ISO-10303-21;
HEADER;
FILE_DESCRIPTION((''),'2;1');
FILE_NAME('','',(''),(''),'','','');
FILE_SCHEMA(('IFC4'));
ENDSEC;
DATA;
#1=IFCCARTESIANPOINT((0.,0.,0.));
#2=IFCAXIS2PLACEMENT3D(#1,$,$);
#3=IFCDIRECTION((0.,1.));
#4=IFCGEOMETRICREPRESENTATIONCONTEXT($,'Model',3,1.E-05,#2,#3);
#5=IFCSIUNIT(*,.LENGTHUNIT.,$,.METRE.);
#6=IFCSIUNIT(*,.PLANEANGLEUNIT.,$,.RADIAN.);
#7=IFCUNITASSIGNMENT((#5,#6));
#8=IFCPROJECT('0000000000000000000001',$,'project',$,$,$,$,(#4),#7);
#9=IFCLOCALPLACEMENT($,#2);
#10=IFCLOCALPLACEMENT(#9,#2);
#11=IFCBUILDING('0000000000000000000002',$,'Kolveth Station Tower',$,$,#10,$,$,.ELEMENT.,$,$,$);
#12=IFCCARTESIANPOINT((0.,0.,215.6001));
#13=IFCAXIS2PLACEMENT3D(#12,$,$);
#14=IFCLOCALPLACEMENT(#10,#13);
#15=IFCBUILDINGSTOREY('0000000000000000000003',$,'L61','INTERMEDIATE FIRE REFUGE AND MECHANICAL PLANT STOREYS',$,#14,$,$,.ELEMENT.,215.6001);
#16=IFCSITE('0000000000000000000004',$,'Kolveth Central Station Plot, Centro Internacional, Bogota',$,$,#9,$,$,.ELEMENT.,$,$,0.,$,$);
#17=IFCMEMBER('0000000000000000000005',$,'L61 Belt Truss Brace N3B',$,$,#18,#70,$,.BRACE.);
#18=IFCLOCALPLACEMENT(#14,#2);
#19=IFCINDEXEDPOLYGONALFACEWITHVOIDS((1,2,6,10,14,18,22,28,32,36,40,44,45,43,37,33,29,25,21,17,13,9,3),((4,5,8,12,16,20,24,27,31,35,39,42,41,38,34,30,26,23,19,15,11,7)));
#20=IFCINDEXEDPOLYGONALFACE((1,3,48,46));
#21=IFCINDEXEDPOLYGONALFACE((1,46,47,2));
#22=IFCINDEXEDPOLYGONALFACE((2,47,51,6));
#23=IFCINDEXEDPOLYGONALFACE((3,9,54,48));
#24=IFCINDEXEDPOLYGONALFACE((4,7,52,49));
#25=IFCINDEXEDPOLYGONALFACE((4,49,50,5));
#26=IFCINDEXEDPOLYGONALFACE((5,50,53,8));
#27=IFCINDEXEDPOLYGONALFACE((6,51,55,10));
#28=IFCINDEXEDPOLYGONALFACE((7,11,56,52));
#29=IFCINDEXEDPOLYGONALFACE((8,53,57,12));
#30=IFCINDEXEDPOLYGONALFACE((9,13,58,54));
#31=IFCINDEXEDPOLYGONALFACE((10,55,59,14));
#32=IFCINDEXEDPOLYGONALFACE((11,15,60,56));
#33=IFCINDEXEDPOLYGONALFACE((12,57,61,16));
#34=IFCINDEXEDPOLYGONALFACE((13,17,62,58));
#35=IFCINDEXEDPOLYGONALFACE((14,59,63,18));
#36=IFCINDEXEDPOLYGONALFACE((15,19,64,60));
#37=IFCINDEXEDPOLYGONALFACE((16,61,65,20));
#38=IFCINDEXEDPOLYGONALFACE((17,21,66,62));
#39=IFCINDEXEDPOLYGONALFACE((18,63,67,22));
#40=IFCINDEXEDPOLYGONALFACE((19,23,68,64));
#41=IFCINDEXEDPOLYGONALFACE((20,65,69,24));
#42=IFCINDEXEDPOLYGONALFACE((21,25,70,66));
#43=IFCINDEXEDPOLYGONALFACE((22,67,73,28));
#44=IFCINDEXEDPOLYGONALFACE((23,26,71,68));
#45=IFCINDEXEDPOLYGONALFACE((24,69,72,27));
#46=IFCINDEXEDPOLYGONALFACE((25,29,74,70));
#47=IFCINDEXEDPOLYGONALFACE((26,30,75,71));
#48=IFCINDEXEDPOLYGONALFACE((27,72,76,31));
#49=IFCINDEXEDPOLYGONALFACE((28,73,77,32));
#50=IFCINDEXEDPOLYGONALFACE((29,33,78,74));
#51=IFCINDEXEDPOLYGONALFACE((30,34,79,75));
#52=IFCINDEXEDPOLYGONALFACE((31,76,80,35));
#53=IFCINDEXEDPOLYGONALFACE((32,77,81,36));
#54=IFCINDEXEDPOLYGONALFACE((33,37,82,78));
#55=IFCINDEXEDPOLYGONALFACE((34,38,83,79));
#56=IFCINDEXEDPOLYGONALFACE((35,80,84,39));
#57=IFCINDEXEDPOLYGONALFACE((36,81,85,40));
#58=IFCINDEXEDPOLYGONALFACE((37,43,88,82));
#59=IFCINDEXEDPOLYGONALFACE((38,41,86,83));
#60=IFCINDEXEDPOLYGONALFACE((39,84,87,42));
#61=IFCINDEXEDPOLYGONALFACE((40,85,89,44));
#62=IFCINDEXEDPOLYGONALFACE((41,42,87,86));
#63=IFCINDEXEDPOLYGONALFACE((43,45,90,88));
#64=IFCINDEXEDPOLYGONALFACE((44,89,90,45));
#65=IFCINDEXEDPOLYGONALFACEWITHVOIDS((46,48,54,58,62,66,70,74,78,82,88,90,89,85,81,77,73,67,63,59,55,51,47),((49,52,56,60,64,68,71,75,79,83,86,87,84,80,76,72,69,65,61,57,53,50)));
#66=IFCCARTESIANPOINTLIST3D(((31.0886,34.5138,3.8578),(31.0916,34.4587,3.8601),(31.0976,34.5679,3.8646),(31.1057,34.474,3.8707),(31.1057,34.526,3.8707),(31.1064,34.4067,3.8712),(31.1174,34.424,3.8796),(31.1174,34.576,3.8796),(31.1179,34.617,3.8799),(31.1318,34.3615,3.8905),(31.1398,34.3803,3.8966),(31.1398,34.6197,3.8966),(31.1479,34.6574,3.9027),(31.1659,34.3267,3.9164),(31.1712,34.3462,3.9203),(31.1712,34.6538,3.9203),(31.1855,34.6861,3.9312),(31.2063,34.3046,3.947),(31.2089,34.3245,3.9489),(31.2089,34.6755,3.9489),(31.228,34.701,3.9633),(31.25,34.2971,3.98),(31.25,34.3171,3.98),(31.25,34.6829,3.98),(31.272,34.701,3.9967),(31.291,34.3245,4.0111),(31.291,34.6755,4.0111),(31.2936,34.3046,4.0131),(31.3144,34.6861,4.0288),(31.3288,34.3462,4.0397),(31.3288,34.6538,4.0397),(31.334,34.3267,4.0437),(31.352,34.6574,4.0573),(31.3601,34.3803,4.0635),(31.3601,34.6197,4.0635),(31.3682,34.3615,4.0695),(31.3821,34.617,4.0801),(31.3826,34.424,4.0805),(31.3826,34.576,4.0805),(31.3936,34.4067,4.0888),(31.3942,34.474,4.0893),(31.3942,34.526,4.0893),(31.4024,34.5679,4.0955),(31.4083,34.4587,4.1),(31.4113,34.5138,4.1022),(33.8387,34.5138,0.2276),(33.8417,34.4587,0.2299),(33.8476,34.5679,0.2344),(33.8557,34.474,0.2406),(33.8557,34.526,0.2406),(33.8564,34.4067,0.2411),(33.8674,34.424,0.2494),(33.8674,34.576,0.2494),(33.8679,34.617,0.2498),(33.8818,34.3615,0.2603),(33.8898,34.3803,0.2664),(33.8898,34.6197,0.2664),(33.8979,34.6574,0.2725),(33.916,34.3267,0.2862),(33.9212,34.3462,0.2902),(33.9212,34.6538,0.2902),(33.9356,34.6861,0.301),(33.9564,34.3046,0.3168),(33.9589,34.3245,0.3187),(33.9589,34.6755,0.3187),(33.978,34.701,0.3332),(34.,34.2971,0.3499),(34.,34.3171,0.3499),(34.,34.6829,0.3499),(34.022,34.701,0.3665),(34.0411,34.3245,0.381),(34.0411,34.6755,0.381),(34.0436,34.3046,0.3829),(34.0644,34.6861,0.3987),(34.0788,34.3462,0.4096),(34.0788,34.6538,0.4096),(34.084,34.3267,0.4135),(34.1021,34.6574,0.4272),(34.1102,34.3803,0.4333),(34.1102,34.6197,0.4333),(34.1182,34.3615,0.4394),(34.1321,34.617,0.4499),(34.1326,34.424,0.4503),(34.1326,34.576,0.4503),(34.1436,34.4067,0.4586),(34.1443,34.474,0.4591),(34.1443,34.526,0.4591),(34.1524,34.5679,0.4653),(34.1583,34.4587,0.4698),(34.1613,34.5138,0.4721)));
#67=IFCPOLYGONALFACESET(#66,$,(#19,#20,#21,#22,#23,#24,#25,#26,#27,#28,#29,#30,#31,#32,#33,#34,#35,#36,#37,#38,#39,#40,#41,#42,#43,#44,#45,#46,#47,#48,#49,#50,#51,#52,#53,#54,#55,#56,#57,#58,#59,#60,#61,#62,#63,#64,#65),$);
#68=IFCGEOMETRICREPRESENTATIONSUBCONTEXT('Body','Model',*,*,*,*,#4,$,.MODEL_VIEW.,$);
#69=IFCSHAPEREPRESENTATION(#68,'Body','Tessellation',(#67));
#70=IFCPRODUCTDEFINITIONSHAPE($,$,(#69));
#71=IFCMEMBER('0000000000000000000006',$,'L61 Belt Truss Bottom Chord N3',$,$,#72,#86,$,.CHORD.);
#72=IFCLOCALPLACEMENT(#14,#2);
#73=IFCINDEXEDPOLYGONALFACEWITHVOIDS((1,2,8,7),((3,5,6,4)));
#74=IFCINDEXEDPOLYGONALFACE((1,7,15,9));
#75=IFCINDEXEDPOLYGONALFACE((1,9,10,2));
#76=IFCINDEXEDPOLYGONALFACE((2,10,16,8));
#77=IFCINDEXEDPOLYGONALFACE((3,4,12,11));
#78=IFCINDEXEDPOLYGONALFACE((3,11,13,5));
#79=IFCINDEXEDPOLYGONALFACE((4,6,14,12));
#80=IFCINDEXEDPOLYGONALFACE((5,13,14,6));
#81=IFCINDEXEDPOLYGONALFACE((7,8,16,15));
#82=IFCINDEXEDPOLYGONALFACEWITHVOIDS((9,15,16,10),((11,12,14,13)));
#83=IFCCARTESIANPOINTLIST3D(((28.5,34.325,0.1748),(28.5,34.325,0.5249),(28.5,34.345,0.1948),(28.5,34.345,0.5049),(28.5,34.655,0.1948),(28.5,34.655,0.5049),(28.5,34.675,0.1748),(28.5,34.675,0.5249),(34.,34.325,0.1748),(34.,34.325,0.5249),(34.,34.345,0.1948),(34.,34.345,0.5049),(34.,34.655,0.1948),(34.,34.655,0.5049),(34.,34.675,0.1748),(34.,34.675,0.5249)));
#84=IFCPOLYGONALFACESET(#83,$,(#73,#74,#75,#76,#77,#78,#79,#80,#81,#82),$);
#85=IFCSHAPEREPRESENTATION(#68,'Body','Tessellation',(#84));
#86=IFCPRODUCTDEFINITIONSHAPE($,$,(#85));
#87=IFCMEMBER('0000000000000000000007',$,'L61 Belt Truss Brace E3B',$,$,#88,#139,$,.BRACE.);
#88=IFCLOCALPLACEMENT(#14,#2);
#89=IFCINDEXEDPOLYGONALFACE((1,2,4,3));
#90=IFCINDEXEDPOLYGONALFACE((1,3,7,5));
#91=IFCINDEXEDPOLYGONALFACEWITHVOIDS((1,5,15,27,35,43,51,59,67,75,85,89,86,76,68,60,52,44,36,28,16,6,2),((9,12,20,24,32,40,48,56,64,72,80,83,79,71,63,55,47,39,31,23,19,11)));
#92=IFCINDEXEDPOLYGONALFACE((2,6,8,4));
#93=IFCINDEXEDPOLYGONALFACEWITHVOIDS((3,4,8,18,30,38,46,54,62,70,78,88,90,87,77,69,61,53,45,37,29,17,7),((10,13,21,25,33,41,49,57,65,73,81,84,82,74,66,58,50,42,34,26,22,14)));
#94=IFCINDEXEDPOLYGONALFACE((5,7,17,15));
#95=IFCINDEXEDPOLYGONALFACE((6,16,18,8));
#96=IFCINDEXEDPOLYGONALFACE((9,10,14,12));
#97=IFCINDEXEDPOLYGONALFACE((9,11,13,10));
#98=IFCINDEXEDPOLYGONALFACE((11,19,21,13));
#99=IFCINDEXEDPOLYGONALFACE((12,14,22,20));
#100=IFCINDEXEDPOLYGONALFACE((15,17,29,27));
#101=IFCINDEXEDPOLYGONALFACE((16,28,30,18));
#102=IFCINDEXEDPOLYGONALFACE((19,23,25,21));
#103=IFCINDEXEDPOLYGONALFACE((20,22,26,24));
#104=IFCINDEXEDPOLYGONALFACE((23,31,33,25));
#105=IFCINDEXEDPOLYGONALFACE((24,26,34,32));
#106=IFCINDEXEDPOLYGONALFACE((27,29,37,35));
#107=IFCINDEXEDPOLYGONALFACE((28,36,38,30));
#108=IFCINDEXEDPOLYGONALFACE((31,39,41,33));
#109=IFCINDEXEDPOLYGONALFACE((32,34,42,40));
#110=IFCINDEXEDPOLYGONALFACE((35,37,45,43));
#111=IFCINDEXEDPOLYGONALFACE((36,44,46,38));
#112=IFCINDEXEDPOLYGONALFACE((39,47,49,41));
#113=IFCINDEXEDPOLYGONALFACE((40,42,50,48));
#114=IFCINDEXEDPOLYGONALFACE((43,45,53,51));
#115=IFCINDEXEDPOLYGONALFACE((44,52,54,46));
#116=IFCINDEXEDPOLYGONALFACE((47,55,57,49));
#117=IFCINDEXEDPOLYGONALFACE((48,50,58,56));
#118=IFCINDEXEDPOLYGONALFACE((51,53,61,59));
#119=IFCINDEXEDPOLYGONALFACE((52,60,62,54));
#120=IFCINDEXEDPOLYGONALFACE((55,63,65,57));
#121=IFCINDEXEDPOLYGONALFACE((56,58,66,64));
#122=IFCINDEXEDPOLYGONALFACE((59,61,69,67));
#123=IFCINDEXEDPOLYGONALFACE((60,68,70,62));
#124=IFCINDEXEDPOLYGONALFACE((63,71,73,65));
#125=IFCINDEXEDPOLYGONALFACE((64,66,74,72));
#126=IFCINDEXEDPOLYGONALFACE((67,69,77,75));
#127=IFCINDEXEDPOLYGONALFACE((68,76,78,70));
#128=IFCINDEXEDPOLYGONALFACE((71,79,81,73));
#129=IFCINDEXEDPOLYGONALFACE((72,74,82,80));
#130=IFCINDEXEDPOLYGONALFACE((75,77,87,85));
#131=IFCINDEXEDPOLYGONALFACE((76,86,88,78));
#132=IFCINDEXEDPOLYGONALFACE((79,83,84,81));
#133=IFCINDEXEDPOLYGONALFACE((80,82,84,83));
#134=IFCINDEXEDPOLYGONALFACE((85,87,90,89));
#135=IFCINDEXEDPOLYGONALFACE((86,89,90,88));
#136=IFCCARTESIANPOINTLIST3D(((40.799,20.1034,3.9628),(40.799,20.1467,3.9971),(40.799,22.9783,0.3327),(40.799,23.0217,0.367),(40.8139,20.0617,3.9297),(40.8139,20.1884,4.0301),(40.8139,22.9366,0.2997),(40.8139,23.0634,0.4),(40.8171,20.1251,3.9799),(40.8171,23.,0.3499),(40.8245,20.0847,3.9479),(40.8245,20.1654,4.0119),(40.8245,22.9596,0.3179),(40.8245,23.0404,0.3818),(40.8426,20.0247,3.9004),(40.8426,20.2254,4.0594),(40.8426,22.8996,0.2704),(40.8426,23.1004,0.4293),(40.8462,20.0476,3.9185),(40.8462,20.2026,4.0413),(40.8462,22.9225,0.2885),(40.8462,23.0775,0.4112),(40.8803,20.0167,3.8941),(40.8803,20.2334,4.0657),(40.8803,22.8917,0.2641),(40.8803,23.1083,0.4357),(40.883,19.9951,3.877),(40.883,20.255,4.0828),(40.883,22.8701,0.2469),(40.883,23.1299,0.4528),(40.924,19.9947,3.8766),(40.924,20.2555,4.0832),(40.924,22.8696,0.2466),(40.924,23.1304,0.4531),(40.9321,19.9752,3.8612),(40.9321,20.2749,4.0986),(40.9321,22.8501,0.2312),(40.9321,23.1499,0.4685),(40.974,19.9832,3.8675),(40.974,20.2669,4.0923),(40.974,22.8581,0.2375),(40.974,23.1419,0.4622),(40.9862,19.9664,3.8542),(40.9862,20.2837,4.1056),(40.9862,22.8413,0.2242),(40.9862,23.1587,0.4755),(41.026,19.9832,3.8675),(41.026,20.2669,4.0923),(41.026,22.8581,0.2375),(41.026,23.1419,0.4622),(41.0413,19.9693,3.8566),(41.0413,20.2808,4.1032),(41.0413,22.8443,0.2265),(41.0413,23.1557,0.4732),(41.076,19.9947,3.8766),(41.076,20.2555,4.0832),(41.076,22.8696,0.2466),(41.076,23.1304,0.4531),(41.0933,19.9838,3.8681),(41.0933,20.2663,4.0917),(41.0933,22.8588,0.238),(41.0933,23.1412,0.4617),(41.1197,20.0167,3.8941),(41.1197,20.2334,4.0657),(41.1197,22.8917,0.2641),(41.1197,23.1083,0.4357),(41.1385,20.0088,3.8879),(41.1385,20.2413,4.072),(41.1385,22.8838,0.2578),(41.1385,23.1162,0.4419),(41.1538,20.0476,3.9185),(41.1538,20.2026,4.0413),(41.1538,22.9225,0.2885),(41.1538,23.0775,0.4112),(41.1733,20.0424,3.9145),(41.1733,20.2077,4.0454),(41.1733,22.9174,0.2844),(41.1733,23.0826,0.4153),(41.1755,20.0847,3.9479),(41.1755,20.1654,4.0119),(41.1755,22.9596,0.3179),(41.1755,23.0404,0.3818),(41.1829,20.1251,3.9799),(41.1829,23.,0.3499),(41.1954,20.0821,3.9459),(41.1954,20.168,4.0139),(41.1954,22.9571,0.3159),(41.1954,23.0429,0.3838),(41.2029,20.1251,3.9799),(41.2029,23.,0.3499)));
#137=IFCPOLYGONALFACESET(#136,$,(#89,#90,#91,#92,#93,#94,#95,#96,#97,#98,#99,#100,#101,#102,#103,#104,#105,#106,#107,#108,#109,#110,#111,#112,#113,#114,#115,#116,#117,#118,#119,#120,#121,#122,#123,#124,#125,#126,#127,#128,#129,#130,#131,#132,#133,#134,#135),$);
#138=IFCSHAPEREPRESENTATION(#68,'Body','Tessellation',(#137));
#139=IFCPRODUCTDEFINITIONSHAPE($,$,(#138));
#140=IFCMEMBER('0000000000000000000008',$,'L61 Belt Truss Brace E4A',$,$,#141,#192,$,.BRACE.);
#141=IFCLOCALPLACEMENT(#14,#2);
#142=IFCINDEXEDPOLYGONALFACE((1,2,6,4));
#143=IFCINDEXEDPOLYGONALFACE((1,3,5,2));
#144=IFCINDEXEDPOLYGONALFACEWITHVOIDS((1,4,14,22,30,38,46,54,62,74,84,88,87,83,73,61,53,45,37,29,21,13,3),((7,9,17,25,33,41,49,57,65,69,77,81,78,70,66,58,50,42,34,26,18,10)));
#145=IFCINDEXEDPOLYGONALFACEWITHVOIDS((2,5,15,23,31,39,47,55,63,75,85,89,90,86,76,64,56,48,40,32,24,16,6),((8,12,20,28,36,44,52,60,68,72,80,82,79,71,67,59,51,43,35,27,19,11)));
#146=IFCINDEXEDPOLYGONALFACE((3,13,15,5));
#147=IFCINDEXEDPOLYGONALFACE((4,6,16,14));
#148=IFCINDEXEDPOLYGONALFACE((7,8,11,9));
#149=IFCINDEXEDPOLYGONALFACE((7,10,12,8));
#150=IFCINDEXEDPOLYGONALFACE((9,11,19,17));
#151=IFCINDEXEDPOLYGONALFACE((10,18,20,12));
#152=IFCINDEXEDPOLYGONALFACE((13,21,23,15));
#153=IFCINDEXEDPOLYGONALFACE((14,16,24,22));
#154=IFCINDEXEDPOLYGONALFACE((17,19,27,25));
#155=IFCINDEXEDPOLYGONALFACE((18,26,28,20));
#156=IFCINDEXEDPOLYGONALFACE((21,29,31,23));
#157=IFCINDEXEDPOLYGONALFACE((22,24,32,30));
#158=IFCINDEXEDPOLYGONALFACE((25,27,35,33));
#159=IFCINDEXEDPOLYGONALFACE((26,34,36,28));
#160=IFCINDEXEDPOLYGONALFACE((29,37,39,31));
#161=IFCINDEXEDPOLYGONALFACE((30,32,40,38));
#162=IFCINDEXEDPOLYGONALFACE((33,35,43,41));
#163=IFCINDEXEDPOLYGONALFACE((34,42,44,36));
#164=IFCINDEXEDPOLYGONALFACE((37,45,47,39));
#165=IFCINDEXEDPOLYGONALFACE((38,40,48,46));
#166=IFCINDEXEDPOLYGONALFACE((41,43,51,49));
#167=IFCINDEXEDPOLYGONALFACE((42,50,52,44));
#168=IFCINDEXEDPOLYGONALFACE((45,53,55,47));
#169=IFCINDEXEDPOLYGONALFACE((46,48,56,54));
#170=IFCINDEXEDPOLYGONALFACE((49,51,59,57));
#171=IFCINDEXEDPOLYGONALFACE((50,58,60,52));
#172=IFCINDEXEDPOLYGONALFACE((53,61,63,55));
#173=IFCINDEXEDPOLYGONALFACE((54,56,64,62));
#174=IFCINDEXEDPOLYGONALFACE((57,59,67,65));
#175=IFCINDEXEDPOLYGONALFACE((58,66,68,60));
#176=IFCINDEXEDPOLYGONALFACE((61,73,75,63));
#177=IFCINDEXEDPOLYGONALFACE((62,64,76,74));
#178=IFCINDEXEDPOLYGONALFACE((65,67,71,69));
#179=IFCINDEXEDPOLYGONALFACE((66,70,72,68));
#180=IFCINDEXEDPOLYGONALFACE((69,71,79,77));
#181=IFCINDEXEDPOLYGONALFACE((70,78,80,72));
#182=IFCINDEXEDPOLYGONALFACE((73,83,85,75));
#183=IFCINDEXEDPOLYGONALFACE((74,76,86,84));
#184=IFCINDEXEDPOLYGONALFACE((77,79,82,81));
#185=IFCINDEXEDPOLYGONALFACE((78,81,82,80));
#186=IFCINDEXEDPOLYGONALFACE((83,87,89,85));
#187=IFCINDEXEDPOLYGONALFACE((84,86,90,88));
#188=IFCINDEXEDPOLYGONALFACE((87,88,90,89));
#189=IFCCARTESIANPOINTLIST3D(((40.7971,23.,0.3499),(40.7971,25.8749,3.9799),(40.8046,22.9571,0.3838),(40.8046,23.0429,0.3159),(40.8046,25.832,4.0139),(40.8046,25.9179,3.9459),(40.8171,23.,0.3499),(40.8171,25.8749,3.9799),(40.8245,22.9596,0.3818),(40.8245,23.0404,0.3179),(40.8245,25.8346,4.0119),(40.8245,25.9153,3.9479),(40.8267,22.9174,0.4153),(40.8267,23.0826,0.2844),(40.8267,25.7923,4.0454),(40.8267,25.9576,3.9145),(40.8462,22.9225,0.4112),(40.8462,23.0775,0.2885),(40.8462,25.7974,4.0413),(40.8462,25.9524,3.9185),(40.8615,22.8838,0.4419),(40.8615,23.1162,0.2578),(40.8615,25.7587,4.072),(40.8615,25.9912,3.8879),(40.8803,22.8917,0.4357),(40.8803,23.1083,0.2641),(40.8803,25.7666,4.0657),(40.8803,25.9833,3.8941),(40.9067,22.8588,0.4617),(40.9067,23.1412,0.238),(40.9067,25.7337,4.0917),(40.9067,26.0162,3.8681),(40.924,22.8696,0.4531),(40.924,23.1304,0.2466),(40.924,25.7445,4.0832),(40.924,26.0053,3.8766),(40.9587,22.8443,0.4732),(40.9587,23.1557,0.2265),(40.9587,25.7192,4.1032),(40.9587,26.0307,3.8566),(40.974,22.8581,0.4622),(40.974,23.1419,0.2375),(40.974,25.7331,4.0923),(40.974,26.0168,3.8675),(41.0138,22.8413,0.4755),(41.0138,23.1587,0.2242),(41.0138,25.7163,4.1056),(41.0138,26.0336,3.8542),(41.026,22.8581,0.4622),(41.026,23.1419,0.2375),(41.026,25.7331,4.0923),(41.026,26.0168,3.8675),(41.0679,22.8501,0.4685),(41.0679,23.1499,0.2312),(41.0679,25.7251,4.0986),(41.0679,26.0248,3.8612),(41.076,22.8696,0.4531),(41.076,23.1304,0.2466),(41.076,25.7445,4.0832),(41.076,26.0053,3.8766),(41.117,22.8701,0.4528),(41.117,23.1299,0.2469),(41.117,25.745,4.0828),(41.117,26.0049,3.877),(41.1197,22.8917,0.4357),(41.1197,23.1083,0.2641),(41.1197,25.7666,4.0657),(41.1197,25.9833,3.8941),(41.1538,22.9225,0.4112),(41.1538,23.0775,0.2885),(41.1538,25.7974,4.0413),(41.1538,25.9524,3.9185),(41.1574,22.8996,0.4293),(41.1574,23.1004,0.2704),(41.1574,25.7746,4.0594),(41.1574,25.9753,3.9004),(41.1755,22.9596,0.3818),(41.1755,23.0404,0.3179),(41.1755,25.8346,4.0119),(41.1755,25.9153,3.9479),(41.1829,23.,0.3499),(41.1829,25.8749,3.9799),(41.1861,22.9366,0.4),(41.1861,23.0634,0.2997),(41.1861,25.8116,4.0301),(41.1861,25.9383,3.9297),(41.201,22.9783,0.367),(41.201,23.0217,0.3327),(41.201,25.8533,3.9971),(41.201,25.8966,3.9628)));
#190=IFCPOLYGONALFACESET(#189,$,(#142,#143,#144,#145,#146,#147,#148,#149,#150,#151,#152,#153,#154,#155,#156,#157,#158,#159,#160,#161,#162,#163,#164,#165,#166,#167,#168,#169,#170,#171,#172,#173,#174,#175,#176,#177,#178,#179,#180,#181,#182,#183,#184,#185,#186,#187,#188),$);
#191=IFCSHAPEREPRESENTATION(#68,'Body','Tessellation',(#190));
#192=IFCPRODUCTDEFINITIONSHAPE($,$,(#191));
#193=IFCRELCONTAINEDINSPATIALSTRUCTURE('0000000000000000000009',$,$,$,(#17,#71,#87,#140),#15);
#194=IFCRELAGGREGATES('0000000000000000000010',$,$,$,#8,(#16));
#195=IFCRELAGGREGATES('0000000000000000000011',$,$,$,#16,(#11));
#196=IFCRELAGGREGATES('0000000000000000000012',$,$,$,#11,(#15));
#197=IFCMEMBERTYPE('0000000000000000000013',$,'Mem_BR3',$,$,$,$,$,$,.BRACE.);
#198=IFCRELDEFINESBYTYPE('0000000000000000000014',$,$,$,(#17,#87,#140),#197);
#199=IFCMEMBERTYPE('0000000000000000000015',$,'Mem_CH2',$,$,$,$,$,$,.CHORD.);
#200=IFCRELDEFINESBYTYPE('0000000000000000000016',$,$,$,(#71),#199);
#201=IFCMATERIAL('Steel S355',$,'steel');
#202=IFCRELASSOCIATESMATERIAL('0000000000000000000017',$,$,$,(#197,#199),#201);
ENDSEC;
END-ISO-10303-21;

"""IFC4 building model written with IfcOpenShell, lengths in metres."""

from ifc_helpers import new_model, si_unit, direction, frame, origin, origin_2d, place, context, subcontext, project, spatial, hollow_rectangle, hollow_circle, extrude, source, transform, mapped, material, material_profile, profile_set, type_object, element, save


model = new_model("IFC4")

# Units and contexts
model_context = context("Model", 3, precision=1e-05, world=origin(), true_north=direction((0.0, 1.0)))
body_context = subcontext(model_context, "Body", "Model", "MODEL_VIEW")
ifc_project = project(units=[si_unit("LENGTHUNIT", "METRE"), si_unit("PLANEANGLEUNIT", "RADIAN")], contexts=[model_context])

# Site, building, storey
site_placement = place(None, origin())
site = spatial("IfcSite", under=ifc_project, at=site_placement, Name="Kolveth Central Station Plot, Centro Internacional, Bogota", CompositionType="ELEMENT", RefElevation=0.0)
building_placement = place(site_placement, origin())
building = spatial("IfcBuilding", under=site, at=building_placement, Name="Kolveth Station Tower", CompositionType="ELEMENT")
storey_placement = place(building_placement, frame((0.0, 0.0, 215.6001)))
storey = spatial("IfcBuildingStorey", under=building, at=storey_placement, Name="L61", Description="INTERMEDIATE FIRE REFUGE AND MECHANICAL PLANT STOREYS", CompositionType="ELEMENT", Elevation=215.6001)

# Shared definitions
ifc_material_1 = material(Name="Steel S355", Category="steel")

# Members
ifc_material_profile_1 = material_profile(ifc_material_1, hollow_circle(Radius=0.2029, WallThickness=0.02, at=origin_2d()), Name="CHS406x20")
ifc_profile_set_1 = profile_set([ifc_material_profile_1], Name="Steel S355")
member_type_1 = type_object("IfcMemberType", Name="Mem_BR3", PredefinedType="BRACE", material=ifc_profile_set_1)
shared_shape_1 = source(origin(), body_context, "Body", "SweptSolid", [
    extrude(hollow_circle(Radius=0.2029, WallThickness=0.02, at=origin_2d()), origin(), (0.0, 0.0, 1.0), 4.5542),
])
member_1_placement = place(storey_placement, frame((34.0, 34.5, 0.3499), z_axis=(-0.603844, 0.0, 0.797102), x_axis=(0.0, -1.0, 0.0)))
element("IfcMember", 1, at=member_1_placement, inside=storey, type_object=member_type_1, Name="L61 Belt Truss Brace N3B", PredefinedType="BRACE", context=body_context, shape_type="MappedRepresentation", body=[
    mapped(shared_shape_1, transform((0.0, 0.0, 0.0), x_axis=(1.0, 0.0, 0.0), y_axis=(0.0, 1.0, 0.0), z_axis=(0.0, 0.0, 1.0), scale=1.0)),
])
ifc_material_profile_2 = material_profile(ifc_material_1, hollow_rectangle(XDim=0.3501, YDim=0.3501, WallThickness=0.02, at=origin_2d()), Name="HSS350x350x20")
ifc_profile_set_2 = profile_set([ifc_material_profile_2], Name="Steel S355")
member_type_2 = type_object("IfcMemberType", Name="Mem_CH2", PredefinedType="CHORD", material=ifc_profile_set_2)
shared_shape_2 = source(origin(), body_context, "Body", "SweptSolid", [
    extrude(hollow_rectangle(XDim=0.3501, YDim=0.3501, WallThickness=0.02, at=origin_2d()), origin(), (0.0, 0.0, 1.0), 5.5),
])
member_2_placement = place(storey_placement, frame((28.5, 34.5, 0.3499), z_axis=(1.0, 0.0, 0.0), x_axis=(0.0, 1.0, 0.0)))
element("IfcMember", 2, at=member_2_placement, inside=storey, type_object=member_type_2, Name="L61 Belt Truss Bottom Chord N3", PredefinedType="CHORD", context=body_context, shape_type="MappedRepresentation", body=[
    mapped(shared_shape_2, transform((0.0, 0.0, 0.0), x_axis=(1.0, 0.0, 0.0), y_axis=(0.0, 1.0, 0.0), z_axis=(0.0, 0.0, 1.0), scale=1.0)),
])
shared_shape_3 = source(origin(), body_context, "Body", "SweptSolid", [
    extrude(hollow_circle(Radius=0.2029, WallThickness=0.02, at=origin_2d()), origin(), (0.0, 0.0, 1.0), 4.6306),
])
for number, where, z_axis, x_axis, name in (
    (3, (41.0, 23.0, 0.3499), (0.0, -0.620856, 0.783925), (1.0, 0.0, 0.0), "L61 Belt Truss Brace E3B"),
    (4, (41.0, 23.0, 0.3499), (0.0, 0.620856, 0.783925), (-1.0, 0.0, 0.0), "L61 Belt Truss Brace E4A"),
):
    element("IfcMember", number, at=place(storey_placement, frame(where, z_axis=z_axis, x_axis=x_axis)), inside=storey, type_object=member_type_1, Name=name, PredefinedType="BRACE", context=body_context, shape_type="MappedRepresentation", body=[
        mapped(shared_shape_3, transform((0.0, 0.0, 0.0), x_axis=(1.0, 0.0, 0.0), y_axis=(0.0, 1.0, 0.0), z_axis=(0.0, 0.0, 1.0), scale=1.0)),
    ])

save(model, "model.ifc")
